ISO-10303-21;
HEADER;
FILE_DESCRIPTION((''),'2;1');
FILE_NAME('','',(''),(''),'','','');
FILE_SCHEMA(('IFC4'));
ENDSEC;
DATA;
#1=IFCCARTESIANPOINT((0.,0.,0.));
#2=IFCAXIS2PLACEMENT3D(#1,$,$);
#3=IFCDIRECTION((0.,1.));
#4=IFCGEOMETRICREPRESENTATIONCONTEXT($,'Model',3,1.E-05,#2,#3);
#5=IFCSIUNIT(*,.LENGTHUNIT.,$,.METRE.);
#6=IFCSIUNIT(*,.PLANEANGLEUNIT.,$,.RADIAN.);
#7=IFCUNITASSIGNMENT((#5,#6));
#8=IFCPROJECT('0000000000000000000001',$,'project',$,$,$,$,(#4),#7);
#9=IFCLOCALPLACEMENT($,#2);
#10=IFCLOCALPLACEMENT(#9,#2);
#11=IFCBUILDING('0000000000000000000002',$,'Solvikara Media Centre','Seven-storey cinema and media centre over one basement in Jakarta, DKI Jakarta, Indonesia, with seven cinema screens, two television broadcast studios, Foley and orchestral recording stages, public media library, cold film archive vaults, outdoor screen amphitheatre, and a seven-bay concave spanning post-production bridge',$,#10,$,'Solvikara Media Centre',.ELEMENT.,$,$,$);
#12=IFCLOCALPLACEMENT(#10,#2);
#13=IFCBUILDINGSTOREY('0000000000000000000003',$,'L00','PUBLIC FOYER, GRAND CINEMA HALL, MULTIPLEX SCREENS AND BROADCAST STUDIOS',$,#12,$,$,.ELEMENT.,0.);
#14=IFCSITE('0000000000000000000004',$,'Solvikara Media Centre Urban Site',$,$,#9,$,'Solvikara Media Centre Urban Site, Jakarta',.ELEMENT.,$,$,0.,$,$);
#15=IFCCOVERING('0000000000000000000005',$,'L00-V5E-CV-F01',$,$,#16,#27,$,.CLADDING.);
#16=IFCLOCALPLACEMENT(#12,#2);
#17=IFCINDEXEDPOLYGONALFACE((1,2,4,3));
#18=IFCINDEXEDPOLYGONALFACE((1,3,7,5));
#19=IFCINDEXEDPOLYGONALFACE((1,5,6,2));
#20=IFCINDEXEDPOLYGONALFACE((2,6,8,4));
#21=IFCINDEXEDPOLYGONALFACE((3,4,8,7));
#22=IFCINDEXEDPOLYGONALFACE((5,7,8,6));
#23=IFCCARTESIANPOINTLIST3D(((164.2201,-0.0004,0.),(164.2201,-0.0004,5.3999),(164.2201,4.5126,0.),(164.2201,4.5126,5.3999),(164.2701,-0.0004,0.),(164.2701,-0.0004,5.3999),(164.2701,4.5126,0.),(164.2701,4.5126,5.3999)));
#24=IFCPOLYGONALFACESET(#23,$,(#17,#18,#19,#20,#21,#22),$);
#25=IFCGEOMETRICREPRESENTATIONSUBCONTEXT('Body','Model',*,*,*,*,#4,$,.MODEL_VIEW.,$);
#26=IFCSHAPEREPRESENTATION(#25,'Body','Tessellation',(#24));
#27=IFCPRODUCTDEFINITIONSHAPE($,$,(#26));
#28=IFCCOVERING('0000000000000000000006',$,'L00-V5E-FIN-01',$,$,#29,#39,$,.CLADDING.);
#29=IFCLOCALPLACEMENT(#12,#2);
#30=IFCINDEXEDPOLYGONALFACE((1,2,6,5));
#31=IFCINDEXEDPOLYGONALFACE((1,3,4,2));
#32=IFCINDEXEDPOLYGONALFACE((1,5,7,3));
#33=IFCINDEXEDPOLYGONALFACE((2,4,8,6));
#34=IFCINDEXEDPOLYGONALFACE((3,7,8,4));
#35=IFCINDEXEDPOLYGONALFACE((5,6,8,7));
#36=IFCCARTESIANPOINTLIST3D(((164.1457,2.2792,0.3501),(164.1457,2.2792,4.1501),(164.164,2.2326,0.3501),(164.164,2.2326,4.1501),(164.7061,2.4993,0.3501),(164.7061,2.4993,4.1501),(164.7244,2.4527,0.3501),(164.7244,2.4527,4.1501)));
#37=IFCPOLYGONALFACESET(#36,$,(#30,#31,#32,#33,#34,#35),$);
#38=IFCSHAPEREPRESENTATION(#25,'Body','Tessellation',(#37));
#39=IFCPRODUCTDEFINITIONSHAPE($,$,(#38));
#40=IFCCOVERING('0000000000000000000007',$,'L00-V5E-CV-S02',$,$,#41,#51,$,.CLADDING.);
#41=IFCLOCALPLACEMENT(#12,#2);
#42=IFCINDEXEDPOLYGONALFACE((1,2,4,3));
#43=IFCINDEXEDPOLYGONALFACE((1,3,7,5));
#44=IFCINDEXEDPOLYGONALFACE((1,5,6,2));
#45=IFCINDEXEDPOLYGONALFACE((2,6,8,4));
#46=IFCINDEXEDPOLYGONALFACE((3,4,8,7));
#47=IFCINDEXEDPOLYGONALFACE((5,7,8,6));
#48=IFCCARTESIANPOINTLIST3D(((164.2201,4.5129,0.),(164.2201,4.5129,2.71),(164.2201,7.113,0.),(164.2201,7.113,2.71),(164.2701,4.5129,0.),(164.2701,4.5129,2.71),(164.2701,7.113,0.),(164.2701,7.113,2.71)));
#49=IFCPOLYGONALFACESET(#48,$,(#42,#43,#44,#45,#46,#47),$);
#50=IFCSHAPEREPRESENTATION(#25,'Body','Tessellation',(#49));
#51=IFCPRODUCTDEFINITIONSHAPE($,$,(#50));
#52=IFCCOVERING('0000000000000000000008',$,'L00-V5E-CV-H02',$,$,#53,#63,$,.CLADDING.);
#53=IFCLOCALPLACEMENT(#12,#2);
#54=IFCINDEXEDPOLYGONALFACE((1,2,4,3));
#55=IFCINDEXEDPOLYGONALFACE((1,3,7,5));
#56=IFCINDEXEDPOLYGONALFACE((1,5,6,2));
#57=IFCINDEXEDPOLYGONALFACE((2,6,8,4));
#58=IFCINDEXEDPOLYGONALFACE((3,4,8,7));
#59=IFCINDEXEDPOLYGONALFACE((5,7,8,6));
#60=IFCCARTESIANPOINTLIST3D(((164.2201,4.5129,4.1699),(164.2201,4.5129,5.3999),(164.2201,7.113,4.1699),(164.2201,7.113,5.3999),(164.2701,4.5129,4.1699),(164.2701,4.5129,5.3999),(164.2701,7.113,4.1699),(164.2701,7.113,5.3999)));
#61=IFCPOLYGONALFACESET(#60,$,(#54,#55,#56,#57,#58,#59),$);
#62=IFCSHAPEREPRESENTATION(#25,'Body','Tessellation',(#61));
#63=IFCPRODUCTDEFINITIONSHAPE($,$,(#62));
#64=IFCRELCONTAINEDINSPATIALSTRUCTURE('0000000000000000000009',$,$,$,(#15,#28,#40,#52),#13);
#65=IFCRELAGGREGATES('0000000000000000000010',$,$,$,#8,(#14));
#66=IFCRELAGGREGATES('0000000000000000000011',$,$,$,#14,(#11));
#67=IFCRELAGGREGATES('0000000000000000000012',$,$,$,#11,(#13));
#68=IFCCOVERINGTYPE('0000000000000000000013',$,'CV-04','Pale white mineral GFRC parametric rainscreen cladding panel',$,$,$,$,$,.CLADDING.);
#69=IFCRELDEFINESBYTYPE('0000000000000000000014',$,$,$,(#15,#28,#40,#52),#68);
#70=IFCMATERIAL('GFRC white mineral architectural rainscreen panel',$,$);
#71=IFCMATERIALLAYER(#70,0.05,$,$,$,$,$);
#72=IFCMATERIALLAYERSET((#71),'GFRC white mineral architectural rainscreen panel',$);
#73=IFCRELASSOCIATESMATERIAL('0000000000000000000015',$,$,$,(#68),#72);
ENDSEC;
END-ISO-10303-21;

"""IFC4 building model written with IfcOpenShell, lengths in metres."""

from ifc_helpers import new_model, si_unit, direction, frame, origin, origin_2d, place, context, subcontext, project, spatial, rectangle, extrude, material, layer, layer_set, type_object, element, save


model = new_model("IFC4")

# Units and contexts
model_context = context("Model", 3, precision=1e-05, world=origin(), true_north=direction((0.0, 1.0)))
body_context = subcontext(model_context, "Body", "Model", "MODEL_VIEW")
ifc_project = project(units=[si_unit("LENGTHUNIT", "METRE"), si_unit("PLANEANGLEUNIT", "RADIAN")], contexts=[model_context])

# Site, building, storey
site_placement = place(None, origin())
site = spatial("IfcSite", under=ifc_project, at=site_placement, Name="Solvikara Media Centre Urban Site", LongName="Solvikara Media Centre Urban Site, Jakarta", CompositionType="ELEMENT", RefElevation=0.0)
building_placement = place(site_placement, origin())
building = spatial("IfcBuilding", under=site, at=building_placement, Name="Solvikara Media Centre", Description="Seven-storey cinema and media centre over one basement in Jakarta, DKI Jakarta, Indonesia, with seven cinema screens, two television broadcast studios, Foley and orchestral recording stages, public media library, cold film archive vaults, outdoor screen amphitheatre, and a seven-bay concave spanning post-production bridge", LongName="Solvikara Media Centre", CompositionType="ELEMENT")
storey_placement = place(building_placement, origin())
storey = spatial("IfcBuildingStorey", under=building, at=storey_placement, Name="L00", Description="PUBLIC FOYER, GRAND CINEMA HALL, MULTIPLEX SCREENS AND BROADCAST STUDIOS", CompositionType="ELEMENT", Elevation=0.0)

# Coverings
ifc_material_1 = material(Name="GFRC white mineral architectural rainscreen panel")
ifc_layer_1 = layer(ifc_material_1, 0.05)
ifc_layer_set_1 = layer_set([ifc_layer_1], Name="GFRC white mineral architectural rainscreen panel")
covering_type = type_object("IfcCoveringType", Name="CV-04", Description="Pale white mineral GFRC parametric rainscreen cladding panel", PredefinedType="CLADDING", material=ifc_layer_set_1)
covering_1_placement = place(storey_placement, frame((164.2451, 2.2561, 0.0), z_axis=(0.0, 0.0, 1.0), x_axis=(0.0, 1.0, 0.0)))
element("IfcCovering", 1, at=covering_1_placement, inside=storey, type_object=covering_type, Name="L00-V5E-CV-F01", PredefinedType="CLADDING", context=body_context, shape_type="SweptSolid", body=[
    extrude(rectangle(XDim=4.5129, YDim=0.05, at=origin_2d()), origin(), (0.0, 0.0, 1.0), 5.3999),
])
covering_2_placement = place(storey_placement, frame((164.4351, 2.366, 0.3501), z_axis=(0.0, 0.0, 1.0), x_axis=(0.93075, 0.365657, 0.0)))
element("IfcCovering", 2, at=covering_2_placement, inside=storey, type_object=covering_type, Name="L00-V5E-FIN-01", PredefinedType="CLADDING", context=body_context, shape_type="SweptSolid", body=[
    extrude(rectangle(XDim=0.6021, YDim=0.05, at=origin_2d()), origin(), (0.0, 0.0, 1.0), 3.8),
])
covering_3_placement = place(storey_placement, frame((164.2451, 5.813, 0.0), z_axis=(0.0, 0.0, 1.0), x_axis=(0.0, 1.0, 0.0)))
element("IfcCovering", 3, at=covering_3_placement, inside=storey, type_object=covering_type, Name="L00-V5E-CV-S02", PredefinedType="CLADDING", context=body_context, shape_type="SweptSolid", body=[
    extrude(rectangle(XDim=2.6001, YDim=0.05, at=origin_2d()), origin(), (0.0, 0.0, 1.0), 2.71),
])
covering_4_placement = place(storey_placement, frame((164.2451, 5.813, 4.1699), z_axis=(0.0, 0.0, 1.0), x_axis=(0.0, 1.0, 0.0)))
element("IfcCovering", 4, at=covering_4_placement, inside=storey, type_object=covering_type, Name="L00-V5E-CV-H02", PredefinedType="CLADDING", context=body_context, shape_type="SweptSolid", body=[
    extrude(rectangle(XDim=2.6001, YDim=0.05, at=origin_2d()), origin(), (0.0, 0.0, 1.0), 1.23),
])

save(model, "model.ifc")
